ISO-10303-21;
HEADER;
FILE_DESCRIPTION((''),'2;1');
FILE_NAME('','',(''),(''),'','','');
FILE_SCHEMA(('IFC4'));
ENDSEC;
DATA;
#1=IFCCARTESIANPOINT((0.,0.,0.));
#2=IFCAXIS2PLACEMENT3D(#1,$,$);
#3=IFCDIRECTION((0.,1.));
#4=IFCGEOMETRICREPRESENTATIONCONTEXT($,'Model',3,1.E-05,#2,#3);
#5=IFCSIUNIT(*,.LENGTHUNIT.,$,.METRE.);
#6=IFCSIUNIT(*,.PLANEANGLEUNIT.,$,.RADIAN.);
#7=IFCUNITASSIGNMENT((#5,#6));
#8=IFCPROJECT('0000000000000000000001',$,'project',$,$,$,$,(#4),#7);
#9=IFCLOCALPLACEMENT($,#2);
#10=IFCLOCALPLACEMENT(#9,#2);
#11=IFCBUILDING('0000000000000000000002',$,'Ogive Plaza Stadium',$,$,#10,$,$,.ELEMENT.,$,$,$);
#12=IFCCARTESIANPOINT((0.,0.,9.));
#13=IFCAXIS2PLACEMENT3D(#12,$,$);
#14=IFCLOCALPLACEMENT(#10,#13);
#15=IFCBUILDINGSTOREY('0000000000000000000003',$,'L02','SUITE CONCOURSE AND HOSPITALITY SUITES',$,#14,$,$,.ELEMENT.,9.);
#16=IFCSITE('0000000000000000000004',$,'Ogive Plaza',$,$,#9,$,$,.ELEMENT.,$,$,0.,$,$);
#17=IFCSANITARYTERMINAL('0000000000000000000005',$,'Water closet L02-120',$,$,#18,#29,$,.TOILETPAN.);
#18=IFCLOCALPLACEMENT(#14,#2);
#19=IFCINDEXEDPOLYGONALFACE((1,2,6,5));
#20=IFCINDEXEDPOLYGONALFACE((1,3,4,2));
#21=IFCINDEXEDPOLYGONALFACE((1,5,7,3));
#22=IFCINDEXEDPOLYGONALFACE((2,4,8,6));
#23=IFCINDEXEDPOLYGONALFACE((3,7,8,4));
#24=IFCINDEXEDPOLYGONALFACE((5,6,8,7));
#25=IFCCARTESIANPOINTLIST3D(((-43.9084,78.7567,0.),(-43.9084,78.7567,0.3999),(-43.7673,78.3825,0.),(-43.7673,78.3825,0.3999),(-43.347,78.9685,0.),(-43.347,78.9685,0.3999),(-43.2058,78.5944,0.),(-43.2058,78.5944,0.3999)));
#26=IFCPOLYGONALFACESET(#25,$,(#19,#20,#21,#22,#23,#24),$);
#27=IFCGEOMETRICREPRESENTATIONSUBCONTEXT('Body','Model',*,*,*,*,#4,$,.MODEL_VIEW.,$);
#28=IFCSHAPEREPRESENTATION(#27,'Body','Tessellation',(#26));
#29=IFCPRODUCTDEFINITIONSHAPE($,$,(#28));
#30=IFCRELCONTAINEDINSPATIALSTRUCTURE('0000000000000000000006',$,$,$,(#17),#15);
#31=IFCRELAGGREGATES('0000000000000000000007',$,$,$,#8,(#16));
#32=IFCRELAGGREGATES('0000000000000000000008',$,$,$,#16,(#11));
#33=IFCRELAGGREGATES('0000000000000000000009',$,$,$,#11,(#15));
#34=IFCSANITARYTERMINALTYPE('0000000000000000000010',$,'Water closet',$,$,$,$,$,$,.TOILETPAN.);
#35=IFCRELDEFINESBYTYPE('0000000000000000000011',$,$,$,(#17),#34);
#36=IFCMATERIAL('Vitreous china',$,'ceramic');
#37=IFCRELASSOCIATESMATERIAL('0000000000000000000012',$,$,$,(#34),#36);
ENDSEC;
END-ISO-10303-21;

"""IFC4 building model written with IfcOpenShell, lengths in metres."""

from ifc_helpers import new_model, si_unit, direction, frame, origin, origin_2d, place, context, subcontext, project, spatial, rectangle, extrude, material, type_object, element, save


model = new_model("IFC4")

# Units and contexts
model_context = context("Model", 3, precision=1e-05, world=origin(), true_north=direction((0.0, 1.0)))
body_context = subcontext(model_context, "Body", "Model", "MODEL_VIEW")
ifc_project = project(units=[si_unit("LENGTHUNIT", "METRE"), si_unit("PLANEANGLEUNIT", "RADIAN")], contexts=[model_context])

# Site, building, storey
site_placement = place(None, origin())
site = spatial("IfcSite", under=ifc_project, at=site_placement, Name="Ogive Plaza", CompositionType="ELEMENT", RefElevation=0.0)
building_placement = place(site_placement, origin())
building = spatial("IfcBuilding", under=site, at=building_placement, Name="Ogive Plaza Stadium", CompositionType="ELEMENT")
storey_placement = place(building_placement, frame((0.0, 0.0, 9.0)))
storey = spatial("IfcBuildingStorey", under=building, at=storey_placement, Name="L02", Description="SUITE CONCOURSE AND HOSPITALITY SUITES", CompositionType="ELEMENT", Elevation=9.0)

# Sanitary terminal
ifc_material_1 = material(Name="Vitreous china", Category="ceramic")
sanitary_terminal_type_1 = type_object("IfcSanitaryTerminalType", Name="Water closet", PredefinedType="TOILETPAN", material=ifc_material_1)
for number, where, z_axis, x_axis, name in (
    (1, (-43.5571, 78.6755, 0.0), (0.0, 0.0, 1.0), (-0.353065, 0.935599, 0.0), "Water closet L02-120"),
):
    element("IfcSanitaryTerminal", number, at=place(storey_placement, frame(where, z_axis=z_axis, x_axis=x_axis)), inside=storey, type_object=sanitary_terminal_type_1, Name=name, PredefinedType="TOILETPAN", context=body_context, shape_type="SweptSolid", body=[
        extrude(rectangle(XDim=0.3999, YDim=0.6001, at=origin_2d()), origin(), (0.0, 0.0, 1.0), 0.3999),
    ])

save(model, "model.ifc")
